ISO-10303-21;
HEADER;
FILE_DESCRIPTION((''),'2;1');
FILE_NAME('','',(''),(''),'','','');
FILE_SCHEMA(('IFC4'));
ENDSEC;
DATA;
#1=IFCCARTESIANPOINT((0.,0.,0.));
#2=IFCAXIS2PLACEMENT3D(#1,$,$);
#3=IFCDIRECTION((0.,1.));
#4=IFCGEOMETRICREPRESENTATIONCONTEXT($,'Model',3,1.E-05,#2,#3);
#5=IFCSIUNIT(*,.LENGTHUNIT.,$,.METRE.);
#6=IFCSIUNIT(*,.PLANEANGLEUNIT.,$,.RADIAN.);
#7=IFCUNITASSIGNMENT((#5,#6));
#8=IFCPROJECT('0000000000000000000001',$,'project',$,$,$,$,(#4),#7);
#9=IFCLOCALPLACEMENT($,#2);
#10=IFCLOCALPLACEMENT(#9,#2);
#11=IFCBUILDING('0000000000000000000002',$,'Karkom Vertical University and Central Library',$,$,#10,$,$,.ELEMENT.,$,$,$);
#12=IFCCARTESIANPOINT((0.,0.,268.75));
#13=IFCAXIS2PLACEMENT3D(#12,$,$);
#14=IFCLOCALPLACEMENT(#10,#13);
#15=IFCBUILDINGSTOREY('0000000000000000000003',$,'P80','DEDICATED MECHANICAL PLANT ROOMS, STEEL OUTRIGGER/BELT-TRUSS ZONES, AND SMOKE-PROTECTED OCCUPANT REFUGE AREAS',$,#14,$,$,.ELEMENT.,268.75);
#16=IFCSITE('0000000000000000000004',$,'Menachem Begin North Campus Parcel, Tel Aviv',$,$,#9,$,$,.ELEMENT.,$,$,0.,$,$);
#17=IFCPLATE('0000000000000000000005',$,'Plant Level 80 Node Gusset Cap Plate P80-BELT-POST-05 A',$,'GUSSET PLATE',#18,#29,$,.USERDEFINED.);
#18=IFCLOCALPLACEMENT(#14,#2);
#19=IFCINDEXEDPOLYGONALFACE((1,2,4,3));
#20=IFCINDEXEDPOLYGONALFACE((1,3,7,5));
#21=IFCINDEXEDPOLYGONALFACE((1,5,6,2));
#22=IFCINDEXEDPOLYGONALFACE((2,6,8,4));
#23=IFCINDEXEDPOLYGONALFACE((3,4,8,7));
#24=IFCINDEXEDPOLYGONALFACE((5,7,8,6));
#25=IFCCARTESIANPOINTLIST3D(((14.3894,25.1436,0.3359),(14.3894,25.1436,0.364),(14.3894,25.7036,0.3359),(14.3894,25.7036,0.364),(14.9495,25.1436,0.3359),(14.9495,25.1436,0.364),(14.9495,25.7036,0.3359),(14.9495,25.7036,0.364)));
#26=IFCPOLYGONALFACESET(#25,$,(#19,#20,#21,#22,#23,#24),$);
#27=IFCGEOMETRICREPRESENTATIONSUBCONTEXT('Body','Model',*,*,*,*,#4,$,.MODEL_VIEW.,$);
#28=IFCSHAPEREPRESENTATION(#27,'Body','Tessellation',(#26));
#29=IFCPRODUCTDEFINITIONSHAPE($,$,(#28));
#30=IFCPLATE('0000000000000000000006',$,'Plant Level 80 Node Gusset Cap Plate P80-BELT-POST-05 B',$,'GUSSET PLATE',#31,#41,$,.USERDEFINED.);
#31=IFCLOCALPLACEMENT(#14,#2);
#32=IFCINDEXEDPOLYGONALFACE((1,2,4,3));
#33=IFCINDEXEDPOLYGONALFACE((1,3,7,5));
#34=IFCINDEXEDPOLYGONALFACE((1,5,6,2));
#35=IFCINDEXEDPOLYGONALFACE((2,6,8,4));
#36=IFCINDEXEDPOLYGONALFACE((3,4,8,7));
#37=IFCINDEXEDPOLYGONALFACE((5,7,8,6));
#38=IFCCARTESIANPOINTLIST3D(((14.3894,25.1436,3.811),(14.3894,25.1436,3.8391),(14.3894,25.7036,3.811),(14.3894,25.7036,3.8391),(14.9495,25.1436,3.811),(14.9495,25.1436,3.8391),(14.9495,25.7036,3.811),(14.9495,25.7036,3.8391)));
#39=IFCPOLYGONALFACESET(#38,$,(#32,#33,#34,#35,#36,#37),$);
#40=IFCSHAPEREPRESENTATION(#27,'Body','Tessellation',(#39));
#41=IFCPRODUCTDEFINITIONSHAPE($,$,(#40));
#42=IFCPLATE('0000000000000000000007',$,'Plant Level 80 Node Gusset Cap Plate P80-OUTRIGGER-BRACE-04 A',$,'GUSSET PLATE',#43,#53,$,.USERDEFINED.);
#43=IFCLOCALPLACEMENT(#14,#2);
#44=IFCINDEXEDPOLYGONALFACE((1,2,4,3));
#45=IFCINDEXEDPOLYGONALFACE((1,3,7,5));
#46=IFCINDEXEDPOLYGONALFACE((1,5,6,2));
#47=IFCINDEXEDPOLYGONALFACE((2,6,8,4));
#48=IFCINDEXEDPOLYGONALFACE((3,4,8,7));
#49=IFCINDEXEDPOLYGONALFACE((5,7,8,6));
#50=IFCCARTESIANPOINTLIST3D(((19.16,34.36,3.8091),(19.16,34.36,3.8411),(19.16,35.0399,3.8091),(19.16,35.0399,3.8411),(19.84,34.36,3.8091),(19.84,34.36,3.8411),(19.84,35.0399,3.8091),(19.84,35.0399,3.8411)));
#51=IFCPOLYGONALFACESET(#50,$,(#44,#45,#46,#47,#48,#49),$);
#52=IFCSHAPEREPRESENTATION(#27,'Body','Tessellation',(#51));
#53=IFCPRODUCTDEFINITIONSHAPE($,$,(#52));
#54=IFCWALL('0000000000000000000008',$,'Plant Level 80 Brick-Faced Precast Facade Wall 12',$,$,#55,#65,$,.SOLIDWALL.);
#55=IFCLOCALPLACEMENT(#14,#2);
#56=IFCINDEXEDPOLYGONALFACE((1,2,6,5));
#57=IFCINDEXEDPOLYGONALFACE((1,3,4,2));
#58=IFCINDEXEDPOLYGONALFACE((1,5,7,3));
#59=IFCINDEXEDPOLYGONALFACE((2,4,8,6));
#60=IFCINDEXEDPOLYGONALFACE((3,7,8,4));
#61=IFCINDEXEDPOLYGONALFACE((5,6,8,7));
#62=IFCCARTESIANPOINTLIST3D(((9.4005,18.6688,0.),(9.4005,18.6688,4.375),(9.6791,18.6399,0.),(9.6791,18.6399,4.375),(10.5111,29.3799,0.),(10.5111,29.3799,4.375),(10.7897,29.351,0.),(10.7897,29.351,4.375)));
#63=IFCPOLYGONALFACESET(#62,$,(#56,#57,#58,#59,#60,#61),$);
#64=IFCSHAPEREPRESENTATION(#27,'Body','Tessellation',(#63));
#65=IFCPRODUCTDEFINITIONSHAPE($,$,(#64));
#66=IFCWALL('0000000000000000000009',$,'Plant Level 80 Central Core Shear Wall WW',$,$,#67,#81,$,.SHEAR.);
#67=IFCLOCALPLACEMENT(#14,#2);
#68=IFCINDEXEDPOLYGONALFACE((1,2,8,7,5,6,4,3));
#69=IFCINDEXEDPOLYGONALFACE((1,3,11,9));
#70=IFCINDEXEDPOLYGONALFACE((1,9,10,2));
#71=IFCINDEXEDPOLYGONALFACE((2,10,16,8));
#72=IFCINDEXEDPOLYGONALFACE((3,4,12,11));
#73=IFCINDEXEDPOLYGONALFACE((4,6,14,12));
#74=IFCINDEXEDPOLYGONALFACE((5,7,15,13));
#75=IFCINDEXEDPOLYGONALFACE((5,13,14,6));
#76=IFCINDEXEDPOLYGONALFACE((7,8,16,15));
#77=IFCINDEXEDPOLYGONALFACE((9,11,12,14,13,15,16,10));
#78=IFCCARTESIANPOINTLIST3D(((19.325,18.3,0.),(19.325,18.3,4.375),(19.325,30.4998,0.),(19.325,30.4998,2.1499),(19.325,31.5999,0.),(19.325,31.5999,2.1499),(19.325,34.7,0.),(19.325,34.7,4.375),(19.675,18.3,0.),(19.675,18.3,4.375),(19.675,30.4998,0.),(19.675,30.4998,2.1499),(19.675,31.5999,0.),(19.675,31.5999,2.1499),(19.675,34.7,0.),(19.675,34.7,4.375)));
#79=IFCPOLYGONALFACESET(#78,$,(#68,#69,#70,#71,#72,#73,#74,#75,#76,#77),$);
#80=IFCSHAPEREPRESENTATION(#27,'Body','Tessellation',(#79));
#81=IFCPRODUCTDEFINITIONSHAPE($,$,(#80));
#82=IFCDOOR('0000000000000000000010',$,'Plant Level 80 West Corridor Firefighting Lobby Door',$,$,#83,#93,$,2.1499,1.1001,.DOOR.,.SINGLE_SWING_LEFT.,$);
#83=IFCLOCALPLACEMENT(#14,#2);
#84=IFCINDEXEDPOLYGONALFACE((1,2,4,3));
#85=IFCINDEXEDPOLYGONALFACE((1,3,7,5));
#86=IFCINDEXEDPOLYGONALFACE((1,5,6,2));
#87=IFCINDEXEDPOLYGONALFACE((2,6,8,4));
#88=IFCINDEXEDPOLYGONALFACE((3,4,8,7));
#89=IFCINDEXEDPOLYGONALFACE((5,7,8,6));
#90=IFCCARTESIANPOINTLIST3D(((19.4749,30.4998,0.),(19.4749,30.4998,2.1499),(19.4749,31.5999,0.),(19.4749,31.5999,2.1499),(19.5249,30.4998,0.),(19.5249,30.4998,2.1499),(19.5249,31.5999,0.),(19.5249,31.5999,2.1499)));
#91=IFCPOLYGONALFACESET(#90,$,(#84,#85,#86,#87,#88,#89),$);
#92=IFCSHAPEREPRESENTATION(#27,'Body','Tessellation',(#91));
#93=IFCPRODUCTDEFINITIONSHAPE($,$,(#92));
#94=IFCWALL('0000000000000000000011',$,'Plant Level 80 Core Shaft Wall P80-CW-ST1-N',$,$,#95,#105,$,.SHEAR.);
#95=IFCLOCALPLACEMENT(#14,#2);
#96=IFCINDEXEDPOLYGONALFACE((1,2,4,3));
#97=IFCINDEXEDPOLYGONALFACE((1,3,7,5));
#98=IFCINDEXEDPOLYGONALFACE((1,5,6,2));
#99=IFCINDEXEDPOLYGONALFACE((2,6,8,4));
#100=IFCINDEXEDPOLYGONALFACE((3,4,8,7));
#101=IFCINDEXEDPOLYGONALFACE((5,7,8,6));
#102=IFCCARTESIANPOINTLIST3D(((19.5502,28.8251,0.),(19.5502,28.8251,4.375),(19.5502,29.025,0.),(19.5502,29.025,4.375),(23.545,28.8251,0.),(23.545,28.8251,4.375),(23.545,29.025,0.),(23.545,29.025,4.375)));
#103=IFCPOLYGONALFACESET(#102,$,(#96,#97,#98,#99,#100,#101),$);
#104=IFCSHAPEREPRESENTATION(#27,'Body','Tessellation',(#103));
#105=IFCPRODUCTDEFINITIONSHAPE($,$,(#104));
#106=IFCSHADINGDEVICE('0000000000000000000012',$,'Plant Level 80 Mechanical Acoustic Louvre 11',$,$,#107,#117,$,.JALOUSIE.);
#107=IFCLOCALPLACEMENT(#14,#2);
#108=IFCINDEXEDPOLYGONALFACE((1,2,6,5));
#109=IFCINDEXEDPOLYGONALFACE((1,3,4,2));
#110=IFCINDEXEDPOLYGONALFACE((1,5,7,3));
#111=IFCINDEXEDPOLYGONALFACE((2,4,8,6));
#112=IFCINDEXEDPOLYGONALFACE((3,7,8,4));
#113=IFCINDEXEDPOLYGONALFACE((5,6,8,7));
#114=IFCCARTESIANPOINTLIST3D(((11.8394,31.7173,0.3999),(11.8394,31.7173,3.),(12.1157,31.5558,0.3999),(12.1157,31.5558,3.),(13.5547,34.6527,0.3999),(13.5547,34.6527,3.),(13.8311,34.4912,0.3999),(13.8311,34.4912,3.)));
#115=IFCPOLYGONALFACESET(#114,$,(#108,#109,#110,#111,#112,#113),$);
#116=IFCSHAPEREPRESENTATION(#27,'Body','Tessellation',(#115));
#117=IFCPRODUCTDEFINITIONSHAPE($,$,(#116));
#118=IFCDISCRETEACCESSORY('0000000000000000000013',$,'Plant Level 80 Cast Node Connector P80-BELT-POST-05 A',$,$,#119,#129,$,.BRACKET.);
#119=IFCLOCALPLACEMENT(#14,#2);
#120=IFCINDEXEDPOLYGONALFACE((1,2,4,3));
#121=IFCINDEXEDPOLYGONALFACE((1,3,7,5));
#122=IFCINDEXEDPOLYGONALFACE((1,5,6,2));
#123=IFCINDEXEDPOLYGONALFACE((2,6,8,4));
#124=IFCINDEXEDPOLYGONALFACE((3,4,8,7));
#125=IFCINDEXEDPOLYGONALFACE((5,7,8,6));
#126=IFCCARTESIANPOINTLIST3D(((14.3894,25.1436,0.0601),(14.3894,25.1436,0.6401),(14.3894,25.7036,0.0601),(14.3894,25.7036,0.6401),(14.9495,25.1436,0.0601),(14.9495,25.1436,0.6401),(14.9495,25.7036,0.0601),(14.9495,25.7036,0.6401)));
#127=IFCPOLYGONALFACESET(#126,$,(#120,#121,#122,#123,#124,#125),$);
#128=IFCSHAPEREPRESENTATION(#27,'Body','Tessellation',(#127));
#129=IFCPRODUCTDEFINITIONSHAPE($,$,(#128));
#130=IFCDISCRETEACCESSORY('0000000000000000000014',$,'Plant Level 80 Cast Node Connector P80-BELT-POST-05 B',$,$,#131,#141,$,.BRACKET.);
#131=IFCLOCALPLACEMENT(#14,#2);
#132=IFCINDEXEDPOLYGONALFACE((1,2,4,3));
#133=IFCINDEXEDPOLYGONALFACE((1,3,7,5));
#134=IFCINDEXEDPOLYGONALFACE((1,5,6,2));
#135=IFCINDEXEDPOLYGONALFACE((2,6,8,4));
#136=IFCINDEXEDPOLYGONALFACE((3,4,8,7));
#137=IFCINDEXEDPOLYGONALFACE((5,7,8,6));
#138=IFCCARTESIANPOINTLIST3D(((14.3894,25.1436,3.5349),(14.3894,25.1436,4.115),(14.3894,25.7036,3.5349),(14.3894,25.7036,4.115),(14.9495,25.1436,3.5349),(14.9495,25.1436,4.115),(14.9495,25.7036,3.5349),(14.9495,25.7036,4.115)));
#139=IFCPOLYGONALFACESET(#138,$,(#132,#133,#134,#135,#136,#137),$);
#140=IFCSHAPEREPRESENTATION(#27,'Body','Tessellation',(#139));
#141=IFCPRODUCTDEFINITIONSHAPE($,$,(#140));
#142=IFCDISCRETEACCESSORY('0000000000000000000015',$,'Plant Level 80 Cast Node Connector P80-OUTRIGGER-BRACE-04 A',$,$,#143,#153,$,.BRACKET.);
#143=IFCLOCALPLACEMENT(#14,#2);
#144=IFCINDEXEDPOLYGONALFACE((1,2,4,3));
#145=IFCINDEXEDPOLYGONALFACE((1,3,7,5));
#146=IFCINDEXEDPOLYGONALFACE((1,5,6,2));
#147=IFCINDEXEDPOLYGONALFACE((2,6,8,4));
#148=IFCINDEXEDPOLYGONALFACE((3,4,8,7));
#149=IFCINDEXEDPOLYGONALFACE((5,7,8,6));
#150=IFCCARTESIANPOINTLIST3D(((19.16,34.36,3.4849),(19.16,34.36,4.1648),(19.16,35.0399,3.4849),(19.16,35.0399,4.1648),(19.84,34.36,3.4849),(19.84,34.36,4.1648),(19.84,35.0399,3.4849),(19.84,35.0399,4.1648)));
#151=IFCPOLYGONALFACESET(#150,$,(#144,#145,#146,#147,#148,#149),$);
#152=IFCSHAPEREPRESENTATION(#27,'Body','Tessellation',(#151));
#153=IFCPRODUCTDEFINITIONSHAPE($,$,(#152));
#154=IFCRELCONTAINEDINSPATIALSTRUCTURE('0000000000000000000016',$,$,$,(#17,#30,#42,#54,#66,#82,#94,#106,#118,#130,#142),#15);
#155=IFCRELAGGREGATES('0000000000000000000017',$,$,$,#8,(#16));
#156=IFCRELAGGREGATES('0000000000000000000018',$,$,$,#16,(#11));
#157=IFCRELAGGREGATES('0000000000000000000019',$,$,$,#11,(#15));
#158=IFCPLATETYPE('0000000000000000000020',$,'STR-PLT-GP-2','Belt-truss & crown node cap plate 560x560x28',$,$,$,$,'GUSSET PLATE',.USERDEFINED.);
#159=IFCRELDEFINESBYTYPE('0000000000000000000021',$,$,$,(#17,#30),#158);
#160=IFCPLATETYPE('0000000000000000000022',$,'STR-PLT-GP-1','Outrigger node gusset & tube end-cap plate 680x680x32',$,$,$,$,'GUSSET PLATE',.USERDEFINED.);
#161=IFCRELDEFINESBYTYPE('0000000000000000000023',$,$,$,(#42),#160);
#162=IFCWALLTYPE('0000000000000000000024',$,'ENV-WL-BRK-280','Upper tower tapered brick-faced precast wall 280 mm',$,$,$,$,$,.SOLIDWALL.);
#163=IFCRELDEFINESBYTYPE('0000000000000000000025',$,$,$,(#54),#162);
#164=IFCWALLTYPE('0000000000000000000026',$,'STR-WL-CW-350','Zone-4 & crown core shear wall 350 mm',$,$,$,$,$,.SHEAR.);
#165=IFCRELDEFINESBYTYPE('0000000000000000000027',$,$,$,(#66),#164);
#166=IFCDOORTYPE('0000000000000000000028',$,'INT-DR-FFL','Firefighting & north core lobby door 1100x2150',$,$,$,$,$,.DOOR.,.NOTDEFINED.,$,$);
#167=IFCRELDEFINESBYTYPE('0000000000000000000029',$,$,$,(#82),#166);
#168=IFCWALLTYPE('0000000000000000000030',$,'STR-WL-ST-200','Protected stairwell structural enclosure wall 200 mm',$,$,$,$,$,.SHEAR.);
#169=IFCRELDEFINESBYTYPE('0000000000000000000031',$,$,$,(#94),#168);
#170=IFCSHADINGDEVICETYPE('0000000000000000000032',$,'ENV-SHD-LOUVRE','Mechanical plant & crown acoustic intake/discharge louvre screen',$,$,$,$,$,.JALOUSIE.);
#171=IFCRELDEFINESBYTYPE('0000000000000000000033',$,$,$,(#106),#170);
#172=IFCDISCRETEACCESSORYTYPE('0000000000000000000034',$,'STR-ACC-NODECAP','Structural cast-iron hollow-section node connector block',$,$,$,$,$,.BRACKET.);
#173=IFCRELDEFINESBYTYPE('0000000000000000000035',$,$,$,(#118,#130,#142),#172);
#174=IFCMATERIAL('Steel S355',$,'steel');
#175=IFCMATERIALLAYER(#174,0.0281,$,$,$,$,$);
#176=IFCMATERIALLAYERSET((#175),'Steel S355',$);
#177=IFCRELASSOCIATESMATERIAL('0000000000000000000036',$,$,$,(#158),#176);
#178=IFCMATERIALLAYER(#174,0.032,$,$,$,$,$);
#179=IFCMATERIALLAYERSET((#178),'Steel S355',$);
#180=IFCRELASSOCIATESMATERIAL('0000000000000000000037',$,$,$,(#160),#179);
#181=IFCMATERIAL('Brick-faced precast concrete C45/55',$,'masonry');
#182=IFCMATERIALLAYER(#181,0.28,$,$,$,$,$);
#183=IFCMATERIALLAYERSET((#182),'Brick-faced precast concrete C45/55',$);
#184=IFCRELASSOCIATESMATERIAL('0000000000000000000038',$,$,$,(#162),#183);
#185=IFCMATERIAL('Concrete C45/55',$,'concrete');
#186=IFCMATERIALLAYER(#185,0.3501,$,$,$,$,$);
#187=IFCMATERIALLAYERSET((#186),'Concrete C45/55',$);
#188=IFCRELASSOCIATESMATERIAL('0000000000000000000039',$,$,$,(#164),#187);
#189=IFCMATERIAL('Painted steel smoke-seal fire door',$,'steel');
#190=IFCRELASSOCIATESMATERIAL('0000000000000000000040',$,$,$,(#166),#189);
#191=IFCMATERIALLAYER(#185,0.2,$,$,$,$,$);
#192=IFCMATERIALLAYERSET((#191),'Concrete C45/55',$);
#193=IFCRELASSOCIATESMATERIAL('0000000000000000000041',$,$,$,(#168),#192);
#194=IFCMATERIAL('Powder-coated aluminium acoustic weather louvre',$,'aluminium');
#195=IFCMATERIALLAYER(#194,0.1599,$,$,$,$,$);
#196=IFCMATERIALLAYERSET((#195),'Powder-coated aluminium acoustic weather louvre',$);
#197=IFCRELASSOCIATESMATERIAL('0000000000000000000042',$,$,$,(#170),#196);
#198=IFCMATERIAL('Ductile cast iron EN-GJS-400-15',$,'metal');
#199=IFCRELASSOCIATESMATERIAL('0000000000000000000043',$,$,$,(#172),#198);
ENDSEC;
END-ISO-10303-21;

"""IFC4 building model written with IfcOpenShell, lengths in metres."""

from ifc_helpers import new_model, si_unit, direction, frame, frame_2d, origin, origin_with_axes, origin_2d, place, context, subcontext, project, spatial, rectangle, extrude, source, transform, mapped, material, layer, layer_set, type_object, element, fill, save


model = new_model("IFC4")

# Units and contexts
model_context = context("Model", 3, precision=1e-05, world=origin(), true_north=direction((0.0, 1.0)))
body_context = subcontext(model_context, "Body", "Model", "MODEL_VIEW")
ifc_project = project(units=[si_unit("LENGTHUNIT", "METRE"), si_unit("PLANEANGLEUNIT", "RADIAN")], contexts=[model_context])

# Site, building, storey
site_placement = place(None, origin())
site = spatial("IfcSite", under=ifc_project, at=site_placement, Name="Menachem Begin North Campus Parcel, Tel Aviv", CompositionType="ELEMENT", RefElevation=0.0)
building_placement = place(site_placement, origin())
building = spatial("IfcBuilding", under=site, at=building_placement, Name="Karkom Vertical University and Central Library", CompositionType="ELEMENT")
storey_placement = place(building_placement, frame((0.0, 0.0, 268.75)))
storey = spatial("IfcBuildingStorey", under=building, at=storey_placement, Name="P80", Description="DEDICATED MECHANICAL PLANT ROOMS, STEEL OUTRIGGER/BELT-TRUSS ZONES, AND SMOKE-PROTECTED OCCUPANT REFUGE AREAS", CompositionType="ELEMENT", Elevation=268.75)

# Shared definitions
ifc_material_1 = material(Name="Concrete C45/55", Category="concrete")

# Shared definitions
ifc_material_2 = material(Name="Steel S355", Category="steel")

# Plates
ifc_layer_1 = layer(ifc_material_2, 0.0281)
ifc_layer_set_1 = layer_set([ifc_layer_1], Name="Steel S355")
plate_type_1 = type_object("IfcPlateType", Name="STR-PLT-GP-2", Description="Belt-truss & crown node cap plate 560x560x28", ElementType="GUSSET PLATE", PredefinedType="USERDEFINED", material=ifc_layer_set_1)
shared_shape_1 = source(origin_with_axes(), body_context, "Body", "SweptSolid", [
    extrude(rectangle(XDim=0.5601, YDim=0.5601, at=origin_2d()), origin(), (0.0, 0.0, 1.0), 0.0281),
])
for number, where, z_axis, x_axis, name in (
    (1, (14.6694, 25.4236, 0.3359), (0.0, 0.0, 1.0), (1.0, 0.0, 0.0), "Plant Level 80 Node Gusset Cap Plate P80-BELT-POST-05 A"),
    (2, (14.6694, 25.4236, 3.811), (0.0, 0.0, 1.0), (1.0, 0.0, 0.0), "Plant Level 80 Node Gusset Cap Plate P80-BELT-POST-05 B"),
):
    element("IfcPlate", number, at=place(storey_placement, frame(where, z_axis=z_axis, x_axis=x_axis)), inside=storey, type_object=plate_type_1, Name=name, ObjectType="GUSSET PLATE", PredefinedType="USERDEFINED", context=body_context, shape_type="MappedRepresentation", body=[
        mapped(shared_shape_1, transform((0.0, 0.0, 0.0), scale=1.0)),
    ])
ifc_layer_2 = layer(ifc_material_2, 0.032)
ifc_layer_set_2 = layer_set([ifc_layer_2], Name="Steel S355")
plate_type_2 = type_object("IfcPlateType", Name="STR-PLT-GP-1", Description="Outrigger node gusset & tube end-cap plate 680x680x32", ElementType="GUSSET PLATE", PredefinedType="USERDEFINED", material=ifc_layer_set_2)
shared_shape_2 = source(origin_with_axes(), body_context, "Body", "SweptSolid", [
    extrude(rectangle(XDim=0.6799, YDim=0.6799, at=origin_2d()), origin(), (0.0, 0.0, 1.0), 0.032),
])
plate_placement = place(storey_placement, frame((19.5, 34.7, 3.8091), z_axis=(0.0, 0.0, 1.0), x_axis=(1.0, 0.0, 0.0)))
element("IfcPlate", 3, at=plate_placement, inside=storey, type_object=plate_type_2, Name="Plant Level 80 Node Gusset Cap Plate P80-OUTRIGGER-BRACE-04 A", ObjectType="GUSSET PLATE", PredefinedType="USERDEFINED", context=body_context, shape_type="MappedRepresentation", body=[
    mapped(shared_shape_2, transform((0.0, 0.0, 0.0), scale=1.0)),
])

# Wall
ifc_material_3 = material(Name="Brick-faced precast concrete C45/55", Category="masonry")
ifc_layer_3 = layer(ifc_material_3, 0.28)
ifc_layer_set_3 = layer_set([ifc_layer_3], Name="Brick-faced precast concrete C45/55")
wall_type_1 = type_object("IfcWallType", Name="ENV-WL-BRK-280", Description="Upper tower tapered brick-faced precast wall 280 mm", PredefinedType="SOLIDWALL", material=ifc_layer_set_3)
wall_1_placement = place(storey_placement, frame((10.6504, 29.3655, 0.0), z_axis=(0.0, 0.0, 1.0), x_axis=(-0.103133, -0.994668, 0.0)))
element("IfcWall", 4, at=wall_1_placement, inside=storey, type_object=wall_type_1, Name="Plant Level 80 Brick-Faced Precast Facade Wall 12", PredefinedType="SOLIDWALL", context=body_context, shape_type="SweptSolid", body=[
    extrude(rectangle(XDim=10.7686, YDim=0.28, at=frame_2d((5.3843, 0.0))), origin(), (0.0, 0.0, 1.0), 4.375),
])

# Wall, opening, door
ifc_layer_4 = layer(ifc_material_1, 0.3501)
ifc_layer_set_4 = layer_set([ifc_layer_4], Name="Concrete C45/55")
wall_type_2 = type_object("IfcWallType", Name="STR-WL-CW-350", Description="Zone-4 & crown core shear wall 350 mm", PredefinedType="SHEAR", material=ifc_layer_set_4)
wall_2_placement = place(storey_placement, frame((19.5, 34.7, 0.0), z_axis=(0.0, 0.0, 1.0), x_axis=(0.0, -1.0, 0.0)))
wall_2 = element("IfcWall", 5, at=wall_2_placement, inside=storey, type_object=wall_type_2, Name="Plant Level 80 Central Core Shear Wall WW", PredefinedType="SHEAR", context=body_context, shape_type="SweptSolid", body=[
    extrude(rectangle(XDim=16.3999, YDim=0.3501, at=frame_2d((8.2, 0.0))), origin(), (0.0, 0.0, 1.0), 4.375),
])
opening_placement = place(wall_2_placement, frame((3.1001, 0.0, 0.0)))
opening = element("IfcOpeningElement", 6, at=opening_placement, cuts=wall_2, PredefinedType="OPENING", context=body_context, shape_type="SweptSolid", body=[
    extrude(rectangle(XDim=1.1001, YDim=2.1499, at=frame_2d((0.55, 1.075))), frame((0.0, 0.1851, 0.0), z_axis=(0.0, -1.0, 0.0), x_axis=(1.0, 0.0, 0.0)), (0.0, 0.0, 1.0), 0.3701),
])
ifc_material_4 = material(Name="Painted steel smoke-seal fire door", Category="steel")
door_type = type_object("IfcDoorType", Name="INT-DR-FFL", Description="Firefighting & north core lobby door 1100x2150", OperationType="NOTDEFINED", PredefinedType="DOOR", material=ifc_material_4)
shared_shape_3 = source(origin_with_axes(), body_context, "Body", "SweptSolid", [
    extrude(rectangle(XDim=1.1001, YDim=2.1499, at=frame_2d((0.55, 1.075))), frame((0.0, 0.0249, 0.0), z_axis=(0.0, -1.0, 0.0), x_axis=(1.0, 0.0, 0.0)), (0.0, 0.0, 1.0), 0.05),
])
door_placement = place(opening_placement, origin())
door = element("IfcDoor", 7, at=door_placement, inside=storey, type_object=door_type, Name="Plant Level 80 West Corridor Firefighting Lobby Door", OperationType="SINGLE_SWING_LEFT", OverallHeight=2.1499, OverallWidth=1.1001, PredefinedType="DOOR", context=body_context, shape_type="MappedRepresentation", body=[
    mapped(shared_shape_3, transform((0.0, 0.0, 0.0), scale=1.0)),
])
fill(opening, door)

# Wall
ifc_layer_5 = layer(ifc_material_1, 0.2)
ifc_layer_set_5 = layer_set([ifc_layer_5], Name="Concrete C45/55")
wall_type_3 = type_object("IfcWallType", Name="STR-WL-ST-200", Description="Protected stairwell structural enclosure wall 200 mm", PredefinedType="SHEAR", material=ifc_layer_set_5)
wall_3_placement = place(storey_placement, frame((19.55, 28.925, 0.0), z_axis=(0.0, 0.0, 1.0), x_axis=(1.0, 0.0, 0.0)))
element("IfcWall", 8, at=wall_3_placement, inside=storey, type_object=wall_type_3, Name="Plant Level 80 Core Shaft Wall P80-CW-ST1-N", PredefinedType="SHEAR", context=body_context, shape_type="SweptSolid", body=[
    extrude(rectangle(XDim=3.9949, YDim=0.2, at=frame_2d((1.9976, 0.0))), origin(), (0.0, 0.0, 1.0), 4.375),
])

# Shading device
ifc_material_5 = material(Name="Powder-coated aluminium acoustic weather louvre", Category="aluminium")
ifc_layer_6 = layer(ifc_material_5, 0.1599)
ifc_layer_set_6 = layer_set([ifc_layer_6], Name="Powder-coated aluminium acoustic weather louvre")
shading_device_type = type_object("IfcShadingDeviceType", Name="ENV-SHD-LOUVRE", Description="Mechanical plant & crown acoustic intake/discharge louvre screen", PredefinedType="JALOUSIE", material=ifc_layer_set_6)
shared_shape_4 = source(origin_with_axes(), body_context, "Body", "SweptSolid", [
    extrude(rectangle(XDim=3.3999, YDim=0.3201, at=origin_2d()), origin(), (0.0, 0.0, 1.0), 2.6001),
])
shading_device_placement = place(storey_placement, frame((12.8352, 33.1042, 0.3999), z_axis=(0.0, 0.0, 1.0), x_axis=(-0.504528, -0.863396, 0.0)))
element("IfcShadingDevice", 9, at=shading_device_placement, inside=storey, type_object=shading_device_type, Name="Plant Level 80 Mechanical Acoustic Louvre 11", PredefinedType="JALOUSIE", context=body_context, shape_type="MappedRepresentation", body=[
    mapped(shared_shape_4, transform((0.0, 0.0, 0.0), scale=1.0)),
])

# Discrete accessories
ifc_material_6 = material(Name="Ductile cast iron EN-GJS-400-15", Category="metal")
discrete_accessory_type = type_object("IfcDiscreteAccessoryType", Name="STR-ACC-NODECAP", Description="Structural cast-iron hollow-section node connector block", PredefinedType="BRACKET", material=ifc_material_6)
shared_shape_5 = source(origin_with_axes(), body_context, "Body", "SweptSolid", [
    extrude(rectangle(XDim=0.5601, YDim=0.5601, at=origin_2d()), origin(), (0.0, 0.0, 1.0), 0.5801),
])
for number, where, z_axis, x_axis, name in (
    (10, (14.6694, 25.4236, 0.0601), (0.0, 0.0, 1.0), (1.0, 0.0, 0.0), "Plant Level 80 Cast Node Connector P80-BELT-POST-05 A"),
    (11, (14.6694, 25.4236, 3.5349), (0.0, 0.0, 1.0), (1.0, 0.0, 0.0), "Plant Level 80 Cast Node Connector P80-BELT-POST-05 B"),
):
    element("IfcDiscreteAccessory", number, at=place(storey_placement, frame(where, z_axis=z_axis, x_axis=x_axis)), inside=storey, type_object=discrete_accessory_type, Name=name, PredefinedType="BRACKET", context=body_context, shape_type="MappedRepresentation", body=[
        mapped(shared_shape_5, transform((0.0, 0.0, 0.0), scale=1.0)),
    ])
shared_shape_6 = source(origin_with_axes(), body_context, "Body", "SweptSolid", [
    extrude(rectangle(XDim=0.6799, YDim=0.6799, at=origin_2d()), origin(), (0.0, 0.0, 1.0), 0.6799),
])
discrete_accessory_placement = place(storey_placement, frame((19.5, 34.7, 3.4849), z_axis=(0.0, 0.0, 1.0), x_axis=(1.0, 0.0, 0.0)))
element("IfcDiscreteAccessory", 12, at=discrete_accessory_placement, inside=storey, type_object=discrete_accessory_type, Name="Plant Level 80 Cast Node Connector P80-OUTRIGGER-BRACE-04 A", PredefinedType="BRACKET", context=body_context, shape_type="MappedRepresentation", body=[
    mapped(shared_shape_6, transform((0.0, 0.0, 0.0), scale=1.0)),
])

save(model, "model.ifc")
